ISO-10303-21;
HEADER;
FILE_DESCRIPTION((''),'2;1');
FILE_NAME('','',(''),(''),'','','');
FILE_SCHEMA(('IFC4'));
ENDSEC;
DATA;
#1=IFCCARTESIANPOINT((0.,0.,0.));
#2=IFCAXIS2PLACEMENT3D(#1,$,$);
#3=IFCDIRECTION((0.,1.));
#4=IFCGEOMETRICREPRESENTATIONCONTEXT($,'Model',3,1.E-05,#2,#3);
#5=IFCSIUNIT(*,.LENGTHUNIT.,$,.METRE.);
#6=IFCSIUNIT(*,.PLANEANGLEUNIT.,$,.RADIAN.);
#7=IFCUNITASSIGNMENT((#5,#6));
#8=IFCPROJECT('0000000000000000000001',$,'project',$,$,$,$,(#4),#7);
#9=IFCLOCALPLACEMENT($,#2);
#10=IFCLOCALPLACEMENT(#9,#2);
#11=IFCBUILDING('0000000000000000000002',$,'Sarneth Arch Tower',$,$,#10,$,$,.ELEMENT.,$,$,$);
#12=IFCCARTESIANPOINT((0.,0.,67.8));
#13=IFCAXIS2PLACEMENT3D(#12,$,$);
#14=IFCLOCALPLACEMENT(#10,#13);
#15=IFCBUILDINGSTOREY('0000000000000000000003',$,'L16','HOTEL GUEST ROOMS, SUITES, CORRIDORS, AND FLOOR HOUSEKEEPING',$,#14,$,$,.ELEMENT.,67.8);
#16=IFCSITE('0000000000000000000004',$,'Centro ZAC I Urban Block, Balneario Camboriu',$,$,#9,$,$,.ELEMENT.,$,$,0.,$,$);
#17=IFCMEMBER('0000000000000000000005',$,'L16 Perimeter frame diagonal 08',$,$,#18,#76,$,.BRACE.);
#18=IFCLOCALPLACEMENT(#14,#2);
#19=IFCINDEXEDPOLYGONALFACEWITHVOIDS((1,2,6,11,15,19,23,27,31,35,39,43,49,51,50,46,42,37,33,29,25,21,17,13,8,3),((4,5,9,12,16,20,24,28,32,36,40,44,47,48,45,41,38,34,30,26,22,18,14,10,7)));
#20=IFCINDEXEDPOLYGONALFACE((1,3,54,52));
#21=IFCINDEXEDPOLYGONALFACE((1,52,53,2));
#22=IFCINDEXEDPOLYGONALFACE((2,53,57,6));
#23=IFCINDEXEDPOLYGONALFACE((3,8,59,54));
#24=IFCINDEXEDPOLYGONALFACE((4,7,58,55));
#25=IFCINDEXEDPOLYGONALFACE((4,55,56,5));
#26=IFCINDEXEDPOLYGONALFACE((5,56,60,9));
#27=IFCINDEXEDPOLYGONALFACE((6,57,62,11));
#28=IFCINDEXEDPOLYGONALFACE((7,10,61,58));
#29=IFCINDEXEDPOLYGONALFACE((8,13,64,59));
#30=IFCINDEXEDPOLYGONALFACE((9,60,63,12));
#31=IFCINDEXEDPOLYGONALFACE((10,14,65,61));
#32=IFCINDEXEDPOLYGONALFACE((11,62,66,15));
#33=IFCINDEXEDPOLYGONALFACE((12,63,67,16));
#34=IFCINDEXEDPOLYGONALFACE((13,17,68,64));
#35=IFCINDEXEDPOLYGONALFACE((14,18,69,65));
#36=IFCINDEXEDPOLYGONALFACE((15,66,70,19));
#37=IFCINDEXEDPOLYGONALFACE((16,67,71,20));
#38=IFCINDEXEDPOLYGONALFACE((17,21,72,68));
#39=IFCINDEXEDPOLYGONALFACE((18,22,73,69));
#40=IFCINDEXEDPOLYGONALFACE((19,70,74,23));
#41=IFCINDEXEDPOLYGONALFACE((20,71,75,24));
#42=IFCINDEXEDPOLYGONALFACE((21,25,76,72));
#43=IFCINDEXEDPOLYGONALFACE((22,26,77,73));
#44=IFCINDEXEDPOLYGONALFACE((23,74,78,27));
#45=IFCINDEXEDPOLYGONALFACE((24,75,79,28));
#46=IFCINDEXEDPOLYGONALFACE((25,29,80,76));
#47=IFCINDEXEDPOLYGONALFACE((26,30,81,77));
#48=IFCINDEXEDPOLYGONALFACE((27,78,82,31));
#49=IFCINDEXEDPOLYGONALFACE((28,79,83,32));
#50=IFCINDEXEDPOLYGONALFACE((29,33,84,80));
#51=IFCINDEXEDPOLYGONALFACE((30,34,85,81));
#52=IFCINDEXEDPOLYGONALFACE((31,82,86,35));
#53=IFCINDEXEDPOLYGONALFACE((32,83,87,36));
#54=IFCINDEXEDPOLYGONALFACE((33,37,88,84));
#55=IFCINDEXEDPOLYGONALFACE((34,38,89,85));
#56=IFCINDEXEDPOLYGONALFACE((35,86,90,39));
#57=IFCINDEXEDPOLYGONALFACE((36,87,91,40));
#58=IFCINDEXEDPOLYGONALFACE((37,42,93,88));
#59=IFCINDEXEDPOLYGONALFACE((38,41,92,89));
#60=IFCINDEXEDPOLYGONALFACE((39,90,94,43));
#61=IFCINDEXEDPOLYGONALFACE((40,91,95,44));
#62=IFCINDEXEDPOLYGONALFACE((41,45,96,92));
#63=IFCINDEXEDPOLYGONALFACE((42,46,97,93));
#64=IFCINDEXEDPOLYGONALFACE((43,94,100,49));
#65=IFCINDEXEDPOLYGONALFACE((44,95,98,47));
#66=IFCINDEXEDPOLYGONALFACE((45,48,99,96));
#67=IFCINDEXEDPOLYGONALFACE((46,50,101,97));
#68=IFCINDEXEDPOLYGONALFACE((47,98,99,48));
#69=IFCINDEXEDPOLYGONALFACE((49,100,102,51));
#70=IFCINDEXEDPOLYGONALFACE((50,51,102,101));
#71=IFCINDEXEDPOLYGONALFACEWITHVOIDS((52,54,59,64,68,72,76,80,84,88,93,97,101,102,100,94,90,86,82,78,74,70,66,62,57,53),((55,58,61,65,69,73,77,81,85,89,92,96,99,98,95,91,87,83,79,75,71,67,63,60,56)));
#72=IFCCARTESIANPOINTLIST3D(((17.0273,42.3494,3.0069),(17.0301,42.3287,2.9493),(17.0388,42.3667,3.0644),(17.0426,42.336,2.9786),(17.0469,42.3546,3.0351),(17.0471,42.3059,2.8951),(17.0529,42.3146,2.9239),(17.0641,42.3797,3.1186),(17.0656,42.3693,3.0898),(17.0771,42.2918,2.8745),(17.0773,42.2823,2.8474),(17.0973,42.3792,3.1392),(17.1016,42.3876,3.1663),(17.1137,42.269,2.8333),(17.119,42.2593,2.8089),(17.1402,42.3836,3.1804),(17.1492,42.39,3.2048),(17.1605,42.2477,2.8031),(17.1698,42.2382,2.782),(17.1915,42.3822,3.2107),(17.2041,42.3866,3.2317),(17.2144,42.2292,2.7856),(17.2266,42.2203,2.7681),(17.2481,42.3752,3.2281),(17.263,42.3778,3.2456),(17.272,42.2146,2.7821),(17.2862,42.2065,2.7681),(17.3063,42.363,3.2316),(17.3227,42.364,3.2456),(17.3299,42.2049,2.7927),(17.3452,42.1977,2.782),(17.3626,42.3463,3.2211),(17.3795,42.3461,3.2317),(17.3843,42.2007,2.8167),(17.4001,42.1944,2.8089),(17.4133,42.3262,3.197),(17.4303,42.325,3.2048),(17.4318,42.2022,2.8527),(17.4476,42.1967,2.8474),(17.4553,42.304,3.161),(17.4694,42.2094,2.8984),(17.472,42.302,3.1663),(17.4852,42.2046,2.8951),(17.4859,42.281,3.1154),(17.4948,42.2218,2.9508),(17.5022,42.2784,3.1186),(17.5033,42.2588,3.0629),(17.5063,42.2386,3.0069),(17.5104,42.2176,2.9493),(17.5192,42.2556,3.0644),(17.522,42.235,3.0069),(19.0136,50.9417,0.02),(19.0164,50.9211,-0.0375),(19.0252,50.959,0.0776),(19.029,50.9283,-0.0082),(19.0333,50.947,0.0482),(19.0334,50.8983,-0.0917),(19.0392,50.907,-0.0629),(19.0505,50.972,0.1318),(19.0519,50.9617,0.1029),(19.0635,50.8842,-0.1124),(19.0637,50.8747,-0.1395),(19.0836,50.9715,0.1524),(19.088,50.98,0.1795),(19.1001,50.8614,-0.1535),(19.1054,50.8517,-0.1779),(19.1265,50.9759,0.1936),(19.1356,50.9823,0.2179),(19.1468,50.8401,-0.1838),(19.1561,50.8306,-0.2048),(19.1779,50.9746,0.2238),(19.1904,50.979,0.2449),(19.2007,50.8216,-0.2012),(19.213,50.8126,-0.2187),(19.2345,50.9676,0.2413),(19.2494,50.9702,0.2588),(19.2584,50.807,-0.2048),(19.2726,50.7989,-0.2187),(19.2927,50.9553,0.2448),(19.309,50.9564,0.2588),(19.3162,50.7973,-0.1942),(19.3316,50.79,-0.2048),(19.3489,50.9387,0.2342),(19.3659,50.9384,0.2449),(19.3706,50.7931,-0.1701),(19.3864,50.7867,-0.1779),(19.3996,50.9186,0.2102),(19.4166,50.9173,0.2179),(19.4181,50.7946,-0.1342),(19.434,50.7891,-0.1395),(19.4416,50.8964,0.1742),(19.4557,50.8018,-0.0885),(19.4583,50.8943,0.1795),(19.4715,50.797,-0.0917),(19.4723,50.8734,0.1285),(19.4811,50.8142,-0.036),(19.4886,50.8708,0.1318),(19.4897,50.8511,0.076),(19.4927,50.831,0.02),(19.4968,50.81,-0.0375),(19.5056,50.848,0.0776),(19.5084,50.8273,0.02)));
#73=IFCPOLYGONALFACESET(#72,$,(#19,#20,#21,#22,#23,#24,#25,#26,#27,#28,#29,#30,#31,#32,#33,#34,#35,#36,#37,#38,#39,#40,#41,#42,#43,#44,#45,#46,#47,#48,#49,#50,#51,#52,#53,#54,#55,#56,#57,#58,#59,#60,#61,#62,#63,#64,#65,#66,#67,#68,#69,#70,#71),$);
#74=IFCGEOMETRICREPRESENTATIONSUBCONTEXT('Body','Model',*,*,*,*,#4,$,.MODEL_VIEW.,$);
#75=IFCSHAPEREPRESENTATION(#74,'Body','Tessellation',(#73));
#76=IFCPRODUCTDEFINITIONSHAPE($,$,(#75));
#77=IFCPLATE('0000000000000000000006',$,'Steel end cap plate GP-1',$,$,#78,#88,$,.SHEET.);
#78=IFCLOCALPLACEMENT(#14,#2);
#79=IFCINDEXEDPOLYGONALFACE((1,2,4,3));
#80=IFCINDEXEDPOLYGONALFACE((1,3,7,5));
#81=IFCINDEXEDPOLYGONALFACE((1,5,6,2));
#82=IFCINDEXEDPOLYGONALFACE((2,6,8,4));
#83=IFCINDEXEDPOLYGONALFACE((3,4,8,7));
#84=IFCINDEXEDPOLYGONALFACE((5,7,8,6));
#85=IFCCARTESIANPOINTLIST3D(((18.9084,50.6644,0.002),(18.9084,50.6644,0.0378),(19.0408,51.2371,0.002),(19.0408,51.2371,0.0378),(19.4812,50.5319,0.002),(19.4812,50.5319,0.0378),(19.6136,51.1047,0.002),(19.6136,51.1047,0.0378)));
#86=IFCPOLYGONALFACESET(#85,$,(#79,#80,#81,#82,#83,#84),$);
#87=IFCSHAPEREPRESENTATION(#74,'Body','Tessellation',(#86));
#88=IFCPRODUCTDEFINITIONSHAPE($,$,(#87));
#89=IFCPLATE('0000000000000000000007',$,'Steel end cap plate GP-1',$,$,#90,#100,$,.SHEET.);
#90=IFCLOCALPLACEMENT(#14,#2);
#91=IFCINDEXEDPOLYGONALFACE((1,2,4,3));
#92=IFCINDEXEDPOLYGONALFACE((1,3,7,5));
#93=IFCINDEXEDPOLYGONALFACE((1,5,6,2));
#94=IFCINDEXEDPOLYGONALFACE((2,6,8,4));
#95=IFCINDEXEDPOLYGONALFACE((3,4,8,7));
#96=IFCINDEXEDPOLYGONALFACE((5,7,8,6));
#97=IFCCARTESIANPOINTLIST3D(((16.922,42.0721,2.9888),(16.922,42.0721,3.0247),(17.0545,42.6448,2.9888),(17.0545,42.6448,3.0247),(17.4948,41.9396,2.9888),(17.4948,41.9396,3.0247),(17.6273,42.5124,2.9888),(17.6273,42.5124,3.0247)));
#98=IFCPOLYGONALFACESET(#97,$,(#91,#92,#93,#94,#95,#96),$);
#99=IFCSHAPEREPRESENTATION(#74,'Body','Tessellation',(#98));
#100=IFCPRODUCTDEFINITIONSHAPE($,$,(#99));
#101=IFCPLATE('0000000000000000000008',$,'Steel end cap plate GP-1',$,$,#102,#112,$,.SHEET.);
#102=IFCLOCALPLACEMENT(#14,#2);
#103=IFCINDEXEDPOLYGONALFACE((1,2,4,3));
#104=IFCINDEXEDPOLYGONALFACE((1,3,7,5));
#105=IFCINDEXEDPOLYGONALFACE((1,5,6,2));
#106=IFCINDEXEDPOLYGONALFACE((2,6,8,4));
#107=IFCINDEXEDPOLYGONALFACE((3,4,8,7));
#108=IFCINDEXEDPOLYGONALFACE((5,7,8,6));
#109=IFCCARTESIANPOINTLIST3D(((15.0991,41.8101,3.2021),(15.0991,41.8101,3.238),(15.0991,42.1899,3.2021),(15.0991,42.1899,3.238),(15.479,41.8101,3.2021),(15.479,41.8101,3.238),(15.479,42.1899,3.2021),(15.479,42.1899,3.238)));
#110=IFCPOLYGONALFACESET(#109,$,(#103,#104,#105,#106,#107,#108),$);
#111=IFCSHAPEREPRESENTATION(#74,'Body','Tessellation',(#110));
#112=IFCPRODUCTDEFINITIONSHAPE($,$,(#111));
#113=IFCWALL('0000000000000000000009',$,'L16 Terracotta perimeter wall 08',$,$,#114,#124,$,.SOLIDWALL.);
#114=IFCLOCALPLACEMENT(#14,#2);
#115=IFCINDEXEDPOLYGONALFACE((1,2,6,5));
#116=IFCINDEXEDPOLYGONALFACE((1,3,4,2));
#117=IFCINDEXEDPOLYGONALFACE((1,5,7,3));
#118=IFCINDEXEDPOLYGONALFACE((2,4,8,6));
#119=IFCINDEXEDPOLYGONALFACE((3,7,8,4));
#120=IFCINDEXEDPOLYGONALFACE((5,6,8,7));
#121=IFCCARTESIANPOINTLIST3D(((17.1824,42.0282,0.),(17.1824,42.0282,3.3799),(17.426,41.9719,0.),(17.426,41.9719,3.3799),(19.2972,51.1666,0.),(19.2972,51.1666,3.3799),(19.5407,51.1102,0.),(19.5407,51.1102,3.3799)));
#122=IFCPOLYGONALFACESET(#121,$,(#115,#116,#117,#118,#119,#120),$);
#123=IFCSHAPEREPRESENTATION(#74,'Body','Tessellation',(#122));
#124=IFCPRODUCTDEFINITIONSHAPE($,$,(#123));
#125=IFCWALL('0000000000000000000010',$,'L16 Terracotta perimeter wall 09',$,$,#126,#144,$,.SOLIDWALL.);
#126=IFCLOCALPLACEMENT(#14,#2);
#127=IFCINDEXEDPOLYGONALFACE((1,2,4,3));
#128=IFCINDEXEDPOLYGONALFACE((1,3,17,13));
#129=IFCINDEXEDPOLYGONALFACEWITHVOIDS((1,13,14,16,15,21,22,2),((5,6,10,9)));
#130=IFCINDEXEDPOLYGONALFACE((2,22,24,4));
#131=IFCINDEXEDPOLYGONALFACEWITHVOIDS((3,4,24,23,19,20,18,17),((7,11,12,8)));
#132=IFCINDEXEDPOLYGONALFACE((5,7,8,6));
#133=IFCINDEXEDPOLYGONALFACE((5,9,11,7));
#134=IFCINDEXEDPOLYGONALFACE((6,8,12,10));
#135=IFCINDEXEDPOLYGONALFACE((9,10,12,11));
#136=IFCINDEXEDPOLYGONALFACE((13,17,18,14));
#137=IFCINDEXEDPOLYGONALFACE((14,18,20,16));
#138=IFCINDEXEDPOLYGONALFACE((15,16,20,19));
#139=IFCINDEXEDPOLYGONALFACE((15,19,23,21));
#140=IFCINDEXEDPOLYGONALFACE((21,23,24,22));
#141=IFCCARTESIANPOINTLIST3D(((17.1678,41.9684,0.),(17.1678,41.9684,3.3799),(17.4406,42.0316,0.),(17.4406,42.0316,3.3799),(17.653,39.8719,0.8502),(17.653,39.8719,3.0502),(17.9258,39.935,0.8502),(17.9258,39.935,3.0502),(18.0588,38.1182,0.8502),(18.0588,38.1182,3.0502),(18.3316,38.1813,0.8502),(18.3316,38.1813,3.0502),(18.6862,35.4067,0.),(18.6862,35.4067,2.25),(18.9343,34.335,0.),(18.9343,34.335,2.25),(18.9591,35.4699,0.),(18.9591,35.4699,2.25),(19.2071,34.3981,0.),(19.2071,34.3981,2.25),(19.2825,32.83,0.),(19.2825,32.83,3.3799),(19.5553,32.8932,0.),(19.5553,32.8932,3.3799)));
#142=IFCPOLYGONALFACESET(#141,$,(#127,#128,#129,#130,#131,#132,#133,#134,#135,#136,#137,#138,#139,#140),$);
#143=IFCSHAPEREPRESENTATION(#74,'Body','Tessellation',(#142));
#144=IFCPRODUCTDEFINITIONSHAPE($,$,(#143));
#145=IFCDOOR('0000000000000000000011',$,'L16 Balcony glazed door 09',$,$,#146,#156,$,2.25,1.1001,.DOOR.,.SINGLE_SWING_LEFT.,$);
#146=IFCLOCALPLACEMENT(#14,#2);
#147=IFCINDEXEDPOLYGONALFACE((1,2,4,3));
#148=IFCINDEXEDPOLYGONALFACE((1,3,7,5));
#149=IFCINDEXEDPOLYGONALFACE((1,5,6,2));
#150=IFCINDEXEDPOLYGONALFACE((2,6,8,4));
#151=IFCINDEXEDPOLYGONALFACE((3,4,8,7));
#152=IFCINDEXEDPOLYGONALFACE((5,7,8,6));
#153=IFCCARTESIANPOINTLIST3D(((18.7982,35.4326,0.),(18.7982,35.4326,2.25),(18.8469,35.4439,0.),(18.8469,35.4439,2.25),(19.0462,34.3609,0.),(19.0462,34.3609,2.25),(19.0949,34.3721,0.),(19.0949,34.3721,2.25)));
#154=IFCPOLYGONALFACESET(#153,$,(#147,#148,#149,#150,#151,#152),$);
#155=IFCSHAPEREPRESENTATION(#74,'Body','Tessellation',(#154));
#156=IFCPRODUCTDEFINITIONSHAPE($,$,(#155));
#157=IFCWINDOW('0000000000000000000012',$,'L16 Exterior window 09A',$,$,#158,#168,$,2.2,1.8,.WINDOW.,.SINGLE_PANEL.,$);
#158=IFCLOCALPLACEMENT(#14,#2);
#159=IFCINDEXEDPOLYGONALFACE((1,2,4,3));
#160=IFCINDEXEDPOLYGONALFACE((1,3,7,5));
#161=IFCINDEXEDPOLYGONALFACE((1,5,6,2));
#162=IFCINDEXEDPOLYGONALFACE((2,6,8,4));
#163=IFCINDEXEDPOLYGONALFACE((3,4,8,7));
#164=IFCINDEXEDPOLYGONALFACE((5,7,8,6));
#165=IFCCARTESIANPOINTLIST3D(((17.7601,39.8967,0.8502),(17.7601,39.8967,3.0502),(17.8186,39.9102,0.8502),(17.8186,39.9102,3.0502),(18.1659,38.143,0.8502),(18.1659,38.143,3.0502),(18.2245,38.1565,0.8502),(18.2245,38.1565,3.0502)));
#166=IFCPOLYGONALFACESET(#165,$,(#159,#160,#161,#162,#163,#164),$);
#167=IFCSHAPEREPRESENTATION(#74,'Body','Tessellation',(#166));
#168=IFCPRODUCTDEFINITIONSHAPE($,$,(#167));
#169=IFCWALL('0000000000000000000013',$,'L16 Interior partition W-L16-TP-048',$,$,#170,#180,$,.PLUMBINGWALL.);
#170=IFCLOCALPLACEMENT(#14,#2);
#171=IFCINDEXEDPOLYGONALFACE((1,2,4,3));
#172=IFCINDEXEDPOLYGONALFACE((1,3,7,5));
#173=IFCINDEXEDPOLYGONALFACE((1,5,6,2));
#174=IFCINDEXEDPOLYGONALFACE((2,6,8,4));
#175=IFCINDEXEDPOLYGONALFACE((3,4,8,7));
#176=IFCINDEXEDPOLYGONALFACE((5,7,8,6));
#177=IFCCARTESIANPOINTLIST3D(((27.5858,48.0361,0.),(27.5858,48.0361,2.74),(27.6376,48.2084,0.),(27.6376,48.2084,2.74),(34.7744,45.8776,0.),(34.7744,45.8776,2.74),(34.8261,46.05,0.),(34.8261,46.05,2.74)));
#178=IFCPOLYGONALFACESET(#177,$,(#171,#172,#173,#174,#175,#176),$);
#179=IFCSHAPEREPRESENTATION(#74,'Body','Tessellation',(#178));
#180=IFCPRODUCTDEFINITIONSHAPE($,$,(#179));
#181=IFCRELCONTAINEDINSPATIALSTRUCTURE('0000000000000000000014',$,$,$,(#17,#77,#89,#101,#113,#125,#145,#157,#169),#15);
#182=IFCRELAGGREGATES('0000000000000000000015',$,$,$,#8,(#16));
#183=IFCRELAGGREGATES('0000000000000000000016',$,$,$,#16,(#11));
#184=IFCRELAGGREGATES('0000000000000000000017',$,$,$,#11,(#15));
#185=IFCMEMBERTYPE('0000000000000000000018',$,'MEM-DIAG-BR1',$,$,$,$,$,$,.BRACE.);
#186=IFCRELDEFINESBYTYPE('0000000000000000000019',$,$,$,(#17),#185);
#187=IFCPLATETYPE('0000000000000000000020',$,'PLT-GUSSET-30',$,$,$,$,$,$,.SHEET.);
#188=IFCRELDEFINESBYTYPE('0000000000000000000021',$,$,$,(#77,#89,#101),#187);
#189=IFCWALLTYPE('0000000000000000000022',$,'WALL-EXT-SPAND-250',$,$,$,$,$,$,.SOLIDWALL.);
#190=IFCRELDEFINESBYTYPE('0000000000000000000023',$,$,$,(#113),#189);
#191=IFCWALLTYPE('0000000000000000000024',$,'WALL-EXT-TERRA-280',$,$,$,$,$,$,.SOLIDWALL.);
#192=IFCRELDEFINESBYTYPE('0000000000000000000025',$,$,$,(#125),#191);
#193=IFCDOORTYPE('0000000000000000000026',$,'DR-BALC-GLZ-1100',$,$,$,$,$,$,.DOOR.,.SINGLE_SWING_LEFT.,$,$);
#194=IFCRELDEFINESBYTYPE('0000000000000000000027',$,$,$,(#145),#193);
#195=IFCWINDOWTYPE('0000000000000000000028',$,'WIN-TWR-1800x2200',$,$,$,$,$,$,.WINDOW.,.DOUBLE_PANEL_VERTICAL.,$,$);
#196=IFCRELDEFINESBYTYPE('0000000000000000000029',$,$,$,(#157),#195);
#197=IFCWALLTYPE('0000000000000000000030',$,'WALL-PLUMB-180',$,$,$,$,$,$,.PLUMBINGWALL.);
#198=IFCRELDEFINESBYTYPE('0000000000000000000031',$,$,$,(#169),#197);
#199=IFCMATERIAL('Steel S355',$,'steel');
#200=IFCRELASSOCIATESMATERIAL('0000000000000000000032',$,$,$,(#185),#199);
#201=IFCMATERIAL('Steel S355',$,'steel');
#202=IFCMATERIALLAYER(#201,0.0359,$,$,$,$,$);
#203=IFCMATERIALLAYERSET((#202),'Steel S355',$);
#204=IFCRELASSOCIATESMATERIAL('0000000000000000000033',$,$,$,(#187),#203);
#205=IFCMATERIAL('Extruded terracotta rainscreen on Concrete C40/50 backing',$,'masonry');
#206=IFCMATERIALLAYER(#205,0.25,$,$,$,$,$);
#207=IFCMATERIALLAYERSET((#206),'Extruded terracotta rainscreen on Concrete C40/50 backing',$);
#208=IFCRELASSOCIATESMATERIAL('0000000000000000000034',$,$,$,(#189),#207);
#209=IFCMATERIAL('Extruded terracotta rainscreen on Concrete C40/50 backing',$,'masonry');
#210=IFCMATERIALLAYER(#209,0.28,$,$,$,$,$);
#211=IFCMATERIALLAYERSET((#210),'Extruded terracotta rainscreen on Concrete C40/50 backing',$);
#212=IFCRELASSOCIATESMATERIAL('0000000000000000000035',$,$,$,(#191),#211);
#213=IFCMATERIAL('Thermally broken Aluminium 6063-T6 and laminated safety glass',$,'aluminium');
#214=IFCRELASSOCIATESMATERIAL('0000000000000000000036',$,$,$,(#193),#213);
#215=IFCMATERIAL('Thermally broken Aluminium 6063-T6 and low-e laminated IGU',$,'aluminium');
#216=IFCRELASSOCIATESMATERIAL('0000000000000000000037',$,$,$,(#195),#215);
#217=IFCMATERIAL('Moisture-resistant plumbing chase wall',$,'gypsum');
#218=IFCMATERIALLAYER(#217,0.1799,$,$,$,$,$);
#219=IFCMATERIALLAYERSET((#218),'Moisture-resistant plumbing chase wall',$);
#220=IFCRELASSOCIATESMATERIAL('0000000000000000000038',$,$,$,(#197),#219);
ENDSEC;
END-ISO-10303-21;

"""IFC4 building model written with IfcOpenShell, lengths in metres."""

from ifc_helpers import new_model, si_unit, direction, frame, frame_2d, origin, origin_2d, place, context, subcontext, project, spatial, rectangle, hollow_circle, extrude, material, layer, layer_set, material_profile, profile_set, type_object, element, fill, save


model = new_model("IFC4")

# Units and contexts
model_context = context("Model", 3, precision=1e-05, world=origin(), true_north=direction((0.0, 1.0)))
body_context = subcontext(model_context, "Body", "Model", "MODEL_VIEW")
ifc_project = project(units=[si_unit("LENGTHUNIT", "METRE"), si_unit("PLANEANGLEUNIT", "RADIAN")], contexts=[model_context])

# Site, building, storey
site_placement = place(None, origin())
site = spatial("IfcSite", under=ifc_project, at=site_placement, Name="Centro ZAC I Urban Block, Balneario Camboriu", CompositionType="ELEMENT", RefElevation=0.0)
building_placement = place(site_placement, origin())
building = spatial("IfcBuilding", under=site, at=building_placement, Name="Sarneth Arch Tower", CompositionType="ELEMENT")
storey_placement = place(building_placement, frame((0.0, 0.0, 67.8)))
storey = spatial("IfcBuildingStorey", under=building, at=storey_placement, Name="L16", Description="HOTEL GUEST ROOMS, SUITES, CORRIDORS, AND FLOOR HOUSEKEEPING", CompositionType="ELEMENT", Elevation=67.8)

# Member
ifc_material_1 = material(Name="Steel S355", Category="steel")
ifc_material_profile_1 = material_profile(ifc_material_1, hollow_circle(Radius=0.2539, WallThickness=0.0161, at=origin_2d()), Name="CHS508x16")
ifc_profile_set_1 = profile_set([ifc_material_profile_1], Name="Steel S355")
member_type_1 = type_object("IfcMemberType", Name="MEM-DIAG-BR1", PredefinedType="BRACE", material=ifc_profile_set_1)
member_1_placement = place(storey_placement, frame((19.261, 50.8845, 0.02), z_axis=(-0.213332, -0.922814, 0.320785), x_axis=(0.974304, -0.225236, 0.0)))
element("IfcMember", 1, at=member_1_placement, inside=storey, type_object=member_type_1, Name="L16 Perimeter frame diagonal 08", PredefinedType="BRACE", context=body_context, shape_type="SweptSolid", body=[
    extrude(hollow_circle(Radius=0.2539, WallThickness=0.0161, at=origin_2d()), origin(), (0.0, 0.0, 1.0), 9.311),
])

# Plates
ifc_material_2 = material(Name="Steel S355", Category="steel")
ifc_layer_1 = layer(ifc_material_2, 0.0359)
ifc_layer_set_1 = layer_set([ifc_layer_1], Name="Steel S355")
plate_type = type_object("IfcPlateType", Name="PLT-GUSSET-30", PredefinedType="SHEET", material=ifc_layer_set_1)
for number, where, z_axis, x_axis, name in (
    (2, (19.261, 50.8845, 0.002), (0.0, 0.0, 1.0), (-0.225291, -0.974291, 0.0), "Steel end cap plate GP-1"),
    (3, (17.2747, 42.2922, 2.9888), (0.0, 0.0, 1.0), (-0.225291, -0.974291, 0.0), "Steel end cap plate GP-1"),
):
    element("IfcPlate", number, at=place(storey_placement, frame(where, z_axis=z_axis, x_axis=x_axis)), inside=storey, type_object=plate_type, Name=name, PredefinedType="SHEET", context=body_context, shape_type="SweptSolid", body=[
        extrude(rectangle(XDim=0.5879, YDim=0.5879, at=origin_2d()), origin(), (0.0, 0.0, 1.0), 0.0359),
    ])
plate_placement = place(storey_placement, frame((15.2891, 42.0, 3.2021), z_axis=(0.0, 0.0, 1.0), x_axis=(-1.0, 0.0, 0.0)))
element("IfcPlate", 4, at=plate_placement, inside=storey, type_object=plate_type, Name="Steel end cap plate GP-1", PredefinedType="SHEET", context=body_context, shape_type="SweptSolid", body=[
    extrude(rectangle(XDim=0.3799, YDim=0.3799, at=origin_2d()), origin(), (0.0, 0.0, 1.0), 0.0359),
])

# Wall
ifc_material_3 = material(Name="Extruded terracotta rainscreen on Concrete C40/50 backing", Category="masonry")
ifc_layer_2 = layer(ifc_material_3, 0.25)
ifc_layer_set_2 = layer_set([ifc_layer_2], Name="Extruded terracotta rainscreen on Concrete C40/50 backing")
wall_type_1 = type_object("IfcWallType", Name="WALL-EXT-SPAND-250", PredefinedType="SOLIDWALL", material=ifc_layer_set_2)
wall_1_placement = place(storey_placement, frame((19.4189, 51.1384, 0.0), z_axis=(0.0, 0.0, 1.0), x_axis=(-0.225454, -0.974254, 0.0)))
element("IfcWall", 5, at=wall_1_placement, inside=storey, type_object=wall_type_1, Name="L16 Terracotta perimeter wall 08", PredefinedType="SOLIDWALL", context=body_context, shape_type="SweptSolid", body=[
    extrude(rectangle(XDim=9.3799, YDim=0.25, at=frame_2d((4.6899, 0.0))), origin(), (0.0, 0.0, 1.0), 3.3799),
])

# Wall, openings, door, window
ifc_material_4 = material(Name="Extruded terracotta rainscreen on Concrete C40/50 backing", Category="masonry")
ifc_layer_3 = layer(ifc_material_4, 0.28)
ifc_layer_set_3 = layer_set([ifc_layer_3], Name="Extruded terracotta rainscreen on Concrete C40/50 backing")
wall_type_2 = type_object("IfcWallType", Name="WALL-EXT-TERRA-280", PredefinedType="SOLIDWALL", material=ifc_layer_set_3)
wall_2_placement = place(storey_placement, frame((17.3042, 42.0, 0.0), z_axis=(0.0, 0.0, 1.0), x_axis=(0.225454, -0.974254, 0.0)))
wall_2 = element("IfcWall", 6, at=wall_2_placement, inside=storey, type_object=wall_type_2, Name="L16 Terracotta perimeter wall 09", PredefinedType="SOLIDWALL", context=body_context, shape_type="SweptSolid", body=[
    extrude(rectangle(XDim=9.3799, YDim=0.28, at=frame_2d((4.6899, 0.0))), origin(), (0.0, 0.0, 1.0), 3.3799),
])
opening_1_placement = place(wall_2_placement, frame((2.1521, 0.0, 0.8501)))
opening_1 = element("IfcOpeningElement", 7, at=opening_1_placement, cuts=wall_2, PredefinedType="OPENING", context=body_context, shape_type="SweptSolid", body=[
    extrude(rectangle(XDim=1.8, YDim=2.2, at=frame_2d((0.8999, 1.1001))), frame((0.0, 0.1499, 0.0), z_axis=(0.0, -1.0, 0.0), x_axis=(1.0, 0.0, 0.0)), (0.0, 0.0, 1.0), 0.3),
])
opening_2_placement = place(wall_2_placement, frame((6.7351, 0.0, 0.0)))
opening_2 = element("IfcOpeningElement", 8, at=opening_2_placement, cuts=wall_2, PredefinedType="OPENING", context=body_context, shape_type="SweptSolid", body=[
    extrude(rectangle(XDim=1.1001, YDim=2.25, at=frame_2d((0.55, 1.125))), frame((0.0, 0.1499, 0.0), z_axis=(0.0, -1.0, 0.0), x_axis=(1.0, 0.0, 0.0)), (0.0, 0.0, 1.0), 0.3),
])
ifc_material_5 = material(Name="Thermally broken Aluminium 6063-T6 and laminated safety glass", Category="aluminium")
door_type_1 = type_object("IfcDoorType", Name="DR-BALC-GLZ-1100", OperationType="SINGLE_SWING_LEFT", PredefinedType="DOOR", material=ifc_material_5)
door_1_placement = place(opening_2_placement, origin())
door_1 = element("IfcDoor", 9, at=door_1_placement, inside=storey, type_object=door_type_1, Name="L16 Balcony glazed door 09", OperationType="SINGLE_SWING_LEFT", OverallHeight=2.25, OverallWidth=1.1001, PredefinedType="DOOR", context=body_context, shape_type="SweptSolid", body=[
    extrude(rectangle(XDim=1.1001, YDim=2.25, at=frame_2d((0.55, 1.125))), frame((0.0, 0.0249, 0.0), z_axis=(0.0, -1.0, 0.0), x_axis=(1.0, 0.0, 0.0)), (0.0, 0.0, 1.0), 0.05),
])
fill(opening_2, door_1)
ifc_material_6 = material(Name="Thermally broken Aluminium 6063-T6 and low-e laminated IGU", Category="aluminium")
window_type = type_object("IfcWindowType", Name="WIN-TWR-1800x2200", PartitioningType="DOUBLE_PANEL_VERTICAL", PredefinedType="WINDOW", material=ifc_material_6)
window_placement = place(opening_1_placement, origin())
window = element("IfcWindow", 10, at=window_placement, inside=storey, type_object=window_type, Name="L16 Exterior window 09A", OverallHeight=2.2, OverallWidth=1.8, PartitioningType="SINGLE_PANEL", PredefinedType="WINDOW", context=body_context, shape_type="SweptSolid", body=[
    extrude(rectangle(XDim=1.8, YDim=2.2, at=frame_2d((0.8999, 1.1001))), frame((0.0, 0.03, 0.0), z_axis=(0.0, -1.0, 0.0), x_axis=(1.0, 0.0, 0.0)), (0.0, 0.0, 1.0), 0.0601),
])
fill(opening_1, window)

# Wall
ifc_material_7 = material(Name="Moisture-resistant plumbing chase wall", Category="gypsum")
ifc_layer_4 = layer(ifc_material_7, 0.1799)
ifc_layer_set_4 = layer_set([ifc_layer_4], Name="Moisture-resistant plumbing chase wall")
wall_type_3 = type_object("IfcWallType", Name="WALL-PLUMB-180", PredefinedType="PLUMBINGWALL", material=ifc_layer_set_4)
wall_3_placement = place(storey_placement, frame((27.6116, 48.1223, 0.0), z_axis=(0.0, 0.0, 1.0), x_axis=(0.957756, -0.287581, 0.0)))
element("IfcWall", 11, at=wall_3_placement, inside=storey, type_object=wall_type_3, Name="L16 Interior partition W-L16-TP-048", PredefinedType="PLUMBINGWALL", context=body_context, shape_type="SweptSolid", body=[
    extrude(rectangle(XDim=7.5056, YDim=0.1799, at=frame_2d((3.7529, 0.0))), origin(), (0.0, 0.0, 1.0), 2.74),
])

save(model, "model.ifc")
